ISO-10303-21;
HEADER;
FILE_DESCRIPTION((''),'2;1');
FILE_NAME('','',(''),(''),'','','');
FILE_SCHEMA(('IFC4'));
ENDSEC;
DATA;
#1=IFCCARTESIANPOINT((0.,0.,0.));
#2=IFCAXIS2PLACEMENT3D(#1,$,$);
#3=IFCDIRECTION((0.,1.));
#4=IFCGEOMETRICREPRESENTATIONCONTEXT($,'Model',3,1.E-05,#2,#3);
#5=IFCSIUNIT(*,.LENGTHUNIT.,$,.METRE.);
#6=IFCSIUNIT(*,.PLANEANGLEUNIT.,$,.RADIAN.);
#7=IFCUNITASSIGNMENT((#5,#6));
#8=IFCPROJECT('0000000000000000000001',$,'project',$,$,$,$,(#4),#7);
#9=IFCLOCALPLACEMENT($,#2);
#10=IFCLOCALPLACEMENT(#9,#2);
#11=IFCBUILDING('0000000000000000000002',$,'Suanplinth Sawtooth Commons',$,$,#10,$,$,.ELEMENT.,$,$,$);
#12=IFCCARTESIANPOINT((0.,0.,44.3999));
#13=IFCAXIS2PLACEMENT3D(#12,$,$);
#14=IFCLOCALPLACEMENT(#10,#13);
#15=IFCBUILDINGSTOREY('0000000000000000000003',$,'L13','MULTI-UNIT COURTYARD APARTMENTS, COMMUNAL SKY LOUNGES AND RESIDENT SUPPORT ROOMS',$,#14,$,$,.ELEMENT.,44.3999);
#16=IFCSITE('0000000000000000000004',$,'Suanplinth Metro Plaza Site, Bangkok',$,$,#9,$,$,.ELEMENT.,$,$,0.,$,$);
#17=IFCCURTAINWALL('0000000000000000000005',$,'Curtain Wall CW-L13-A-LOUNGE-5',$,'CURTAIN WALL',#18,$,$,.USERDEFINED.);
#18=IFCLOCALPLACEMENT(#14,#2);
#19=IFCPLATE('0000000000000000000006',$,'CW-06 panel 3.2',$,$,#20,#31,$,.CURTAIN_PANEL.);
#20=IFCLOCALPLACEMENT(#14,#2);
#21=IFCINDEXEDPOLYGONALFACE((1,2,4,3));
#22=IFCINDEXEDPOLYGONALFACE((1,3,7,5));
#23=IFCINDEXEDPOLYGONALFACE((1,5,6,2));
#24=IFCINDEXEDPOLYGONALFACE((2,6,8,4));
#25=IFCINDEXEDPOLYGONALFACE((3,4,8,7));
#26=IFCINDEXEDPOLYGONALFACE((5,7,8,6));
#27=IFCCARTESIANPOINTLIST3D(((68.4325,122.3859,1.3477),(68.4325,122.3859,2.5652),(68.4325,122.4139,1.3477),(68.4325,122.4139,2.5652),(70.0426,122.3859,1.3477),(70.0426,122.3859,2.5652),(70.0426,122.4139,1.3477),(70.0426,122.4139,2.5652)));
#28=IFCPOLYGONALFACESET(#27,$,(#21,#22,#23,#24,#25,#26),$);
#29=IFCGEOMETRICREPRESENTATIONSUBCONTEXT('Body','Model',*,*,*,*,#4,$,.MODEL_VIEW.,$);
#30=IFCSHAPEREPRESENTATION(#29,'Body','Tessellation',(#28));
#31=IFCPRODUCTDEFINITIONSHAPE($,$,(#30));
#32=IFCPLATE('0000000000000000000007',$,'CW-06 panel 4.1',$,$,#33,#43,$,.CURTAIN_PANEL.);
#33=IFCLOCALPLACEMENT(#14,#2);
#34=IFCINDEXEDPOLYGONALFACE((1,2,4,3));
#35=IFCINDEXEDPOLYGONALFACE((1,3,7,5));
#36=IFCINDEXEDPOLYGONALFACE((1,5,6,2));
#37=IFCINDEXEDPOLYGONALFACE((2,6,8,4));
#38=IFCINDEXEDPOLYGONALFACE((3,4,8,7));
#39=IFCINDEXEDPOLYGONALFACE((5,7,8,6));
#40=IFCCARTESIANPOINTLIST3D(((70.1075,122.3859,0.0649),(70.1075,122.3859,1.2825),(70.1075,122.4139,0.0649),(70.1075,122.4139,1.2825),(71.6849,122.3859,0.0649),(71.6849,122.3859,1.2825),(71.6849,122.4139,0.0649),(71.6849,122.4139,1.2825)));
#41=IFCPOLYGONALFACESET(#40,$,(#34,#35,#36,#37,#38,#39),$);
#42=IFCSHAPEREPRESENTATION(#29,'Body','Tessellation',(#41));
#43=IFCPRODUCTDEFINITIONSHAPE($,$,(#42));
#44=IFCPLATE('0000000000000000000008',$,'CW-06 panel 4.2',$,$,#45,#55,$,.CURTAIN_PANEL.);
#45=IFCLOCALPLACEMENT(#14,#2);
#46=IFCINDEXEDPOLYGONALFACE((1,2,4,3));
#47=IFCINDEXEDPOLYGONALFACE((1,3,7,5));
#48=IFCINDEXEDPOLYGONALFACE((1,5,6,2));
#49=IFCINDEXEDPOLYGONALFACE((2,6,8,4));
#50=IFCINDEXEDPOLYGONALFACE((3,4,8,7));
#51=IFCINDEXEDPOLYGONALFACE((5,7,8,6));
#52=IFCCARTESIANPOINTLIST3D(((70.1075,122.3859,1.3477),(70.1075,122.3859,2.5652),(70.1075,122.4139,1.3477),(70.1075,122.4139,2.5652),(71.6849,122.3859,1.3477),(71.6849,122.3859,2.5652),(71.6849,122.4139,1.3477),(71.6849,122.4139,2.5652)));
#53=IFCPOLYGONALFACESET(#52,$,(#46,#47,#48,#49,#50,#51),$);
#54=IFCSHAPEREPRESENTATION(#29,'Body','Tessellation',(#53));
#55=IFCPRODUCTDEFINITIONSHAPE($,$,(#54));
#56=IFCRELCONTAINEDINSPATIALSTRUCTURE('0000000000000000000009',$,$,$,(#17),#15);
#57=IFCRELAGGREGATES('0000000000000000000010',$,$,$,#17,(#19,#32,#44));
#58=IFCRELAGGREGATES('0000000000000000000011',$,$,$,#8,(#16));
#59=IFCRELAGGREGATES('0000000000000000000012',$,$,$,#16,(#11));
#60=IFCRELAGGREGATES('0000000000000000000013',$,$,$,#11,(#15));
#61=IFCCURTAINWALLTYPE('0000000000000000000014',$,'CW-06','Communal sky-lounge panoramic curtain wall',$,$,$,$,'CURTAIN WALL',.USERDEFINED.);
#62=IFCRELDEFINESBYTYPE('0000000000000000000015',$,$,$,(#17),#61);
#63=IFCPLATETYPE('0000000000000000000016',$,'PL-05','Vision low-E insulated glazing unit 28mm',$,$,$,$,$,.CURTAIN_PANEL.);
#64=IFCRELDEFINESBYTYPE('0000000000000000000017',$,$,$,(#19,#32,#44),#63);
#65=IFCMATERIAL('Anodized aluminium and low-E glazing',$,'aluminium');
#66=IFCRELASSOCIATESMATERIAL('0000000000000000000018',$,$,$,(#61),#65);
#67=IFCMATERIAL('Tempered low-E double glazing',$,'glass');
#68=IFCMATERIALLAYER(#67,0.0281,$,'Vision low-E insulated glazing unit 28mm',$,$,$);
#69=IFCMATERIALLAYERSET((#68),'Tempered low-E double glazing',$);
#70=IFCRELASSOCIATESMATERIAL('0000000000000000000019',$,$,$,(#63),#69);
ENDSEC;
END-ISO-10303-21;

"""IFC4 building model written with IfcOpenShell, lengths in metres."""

from ifc_helpers import new_model, si_unit, direction, frame, origin, origin_2d, place, context, subcontext, project, spatial, rectangle, extrude, material, layer, layer_set, type_object, element, aggregate, save


model = new_model("IFC4")

# Units and contexts
model_context = context("Model", 3, precision=1e-05, world=origin(), true_north=direction((0.0, 1.0)))
body_context = subcontext(model_context, "Body", "Model", "MODEL_VIEW")
ifc_project = project(units=[si_unit("LENGTHUNIT", "METRE"), si_unit("PLANEANGLEUNIT", "RADIAN")], contexts=[model_context])

# Site, building, storey
site_placement = place(None, origin())
site = spatial("IfcSite", under=ifc_project, at=site_placement, Name="Suanplinth Metro Plaza Site, Bangkok", CompositionType="ELEMENT", RefElevation=0.0)
building_placement = place(site_placement, origin())
building = spatial("IfcBuilding", under=site, at=building_placement, Name="Suanplinth Sawtooth Commons", CompositionType="ELEMENT")
storey_placement = place(building_placement, frame((0.0, 0.0, 44.3999)))
storey = spatial("IfcBuildingStorey", under=building, at=storey_placement, Name="L13", Description="MULTI-UNIT COURTYARD APARTMENTS, COMMUNAL SKY LOUNGES AND RESIDENT SUPPORT ROOMS", CompositionType="ELEMENT", Elevation=44.3999)

# Curtain wall
ifc_material_1 = material(Name="Anodized aluminium and low-E glazing", Category="aluminium")
curtain_wall_type = type_object("IfcCurtainWallType", Name="CW-06", Description="Communal sky-lounge panoramic curtain wall", ElementType="CURTAIN WALL", PredefinedType="USERDEFINED", material=ifc_material_1)
curtain_wall_placement = place(storey_placement, origin())
curtain_wall = element("IfcCurtainWall", 1, at=curtain_wall_placement, inside=storey, type_object=curtain_wall_type, Name="Curtain Wall CW-L13-A-LOUNGE-5", ObjectType="CURTAIN WALL", PredefinedType="USERDEFINED")

# Plates
ifc_material_2 = material(Name="Tempered low-E double glazing", Category="glass")
ifc_layer_1 = layer(ifc_material_2, 0.0281, Name="Vision low-E insulated glazing unit 28mm")
ifc_layer_set_1 = layer_set([ifc_layer_1], Name="Tempered low-E double glazing")
plate_type_1 = type_object("IfcPlateType", Name="PL-05", Description="Vision low-E insulated glazing unit 28mm", PredefinedType="CURTAIN_PANEL", material=ifc_layer_set_1)
plate_1_placement = place(storey_placement, frame((69.2375, 122.3999, 1.3477), z_axis=(0.0, 0.0, 1.0), x_axis=(1.0, 0.0, 0.0)))
plate_1 = element("IfcPlate", 2, at=plate_1_placement, type_object=plate_type_1, Name="CW-06 panel 3.2", PredefinedType="CURTAIN_PANEL", context=body_context, shape_type="SweptSolid", body=[
    extrude(rectangle(XDim=1.6101, YDim=0.0281, at=origin_2d()), origin(), (0.0, 0.0, 1.0), 1.2175),
])
plate_2_placement = place(storey_placement, frame((70.8962, 122.3999, 0.0649), z_axis=(0.0, 0.0, 1.0), x_axis=(1.0, 0.0, 0.0)))
plate_2 = element("IfcPlate", 3, at=plate_2_placement, type_object=plate_type_1, Name="CW-06 panel 4.1", PredefinedType="CURTAIN_PANEL", context=body_context, shape_type="SweptSolid", body=[
    extrude(rectangle(XDim=1.5774, YDim=0.0281, at=origin_2d()), origin(), (0.0, 0.0, 1.0), 1.2175),
])
plate_3_placement = place(storey_placement, frame((70.8962, 122.3999, 1.3477), z_axis=(0.0, 0.0, 1.0), x_axis=(1.0, 0.0, 0.0)))
plate_3 = element("IfcPlate", 4, at=plate_3_placement, type_object=plate_type_1, Name="CW-06 panel 4.2", PredefinedType="CURTAIN_PANEL", context=body_context, shape_type="SweptSolid", body=[
    extrude(rectangle(XDim=1.5774, YDim=0.0281, at=origin_2d()), origin(), (0.0, 0.0, 1.0), 1.2175),
])
aggregate(curtain_wall, [plate_1, plate_2, plate_3])

save(model, "model.ifc")
